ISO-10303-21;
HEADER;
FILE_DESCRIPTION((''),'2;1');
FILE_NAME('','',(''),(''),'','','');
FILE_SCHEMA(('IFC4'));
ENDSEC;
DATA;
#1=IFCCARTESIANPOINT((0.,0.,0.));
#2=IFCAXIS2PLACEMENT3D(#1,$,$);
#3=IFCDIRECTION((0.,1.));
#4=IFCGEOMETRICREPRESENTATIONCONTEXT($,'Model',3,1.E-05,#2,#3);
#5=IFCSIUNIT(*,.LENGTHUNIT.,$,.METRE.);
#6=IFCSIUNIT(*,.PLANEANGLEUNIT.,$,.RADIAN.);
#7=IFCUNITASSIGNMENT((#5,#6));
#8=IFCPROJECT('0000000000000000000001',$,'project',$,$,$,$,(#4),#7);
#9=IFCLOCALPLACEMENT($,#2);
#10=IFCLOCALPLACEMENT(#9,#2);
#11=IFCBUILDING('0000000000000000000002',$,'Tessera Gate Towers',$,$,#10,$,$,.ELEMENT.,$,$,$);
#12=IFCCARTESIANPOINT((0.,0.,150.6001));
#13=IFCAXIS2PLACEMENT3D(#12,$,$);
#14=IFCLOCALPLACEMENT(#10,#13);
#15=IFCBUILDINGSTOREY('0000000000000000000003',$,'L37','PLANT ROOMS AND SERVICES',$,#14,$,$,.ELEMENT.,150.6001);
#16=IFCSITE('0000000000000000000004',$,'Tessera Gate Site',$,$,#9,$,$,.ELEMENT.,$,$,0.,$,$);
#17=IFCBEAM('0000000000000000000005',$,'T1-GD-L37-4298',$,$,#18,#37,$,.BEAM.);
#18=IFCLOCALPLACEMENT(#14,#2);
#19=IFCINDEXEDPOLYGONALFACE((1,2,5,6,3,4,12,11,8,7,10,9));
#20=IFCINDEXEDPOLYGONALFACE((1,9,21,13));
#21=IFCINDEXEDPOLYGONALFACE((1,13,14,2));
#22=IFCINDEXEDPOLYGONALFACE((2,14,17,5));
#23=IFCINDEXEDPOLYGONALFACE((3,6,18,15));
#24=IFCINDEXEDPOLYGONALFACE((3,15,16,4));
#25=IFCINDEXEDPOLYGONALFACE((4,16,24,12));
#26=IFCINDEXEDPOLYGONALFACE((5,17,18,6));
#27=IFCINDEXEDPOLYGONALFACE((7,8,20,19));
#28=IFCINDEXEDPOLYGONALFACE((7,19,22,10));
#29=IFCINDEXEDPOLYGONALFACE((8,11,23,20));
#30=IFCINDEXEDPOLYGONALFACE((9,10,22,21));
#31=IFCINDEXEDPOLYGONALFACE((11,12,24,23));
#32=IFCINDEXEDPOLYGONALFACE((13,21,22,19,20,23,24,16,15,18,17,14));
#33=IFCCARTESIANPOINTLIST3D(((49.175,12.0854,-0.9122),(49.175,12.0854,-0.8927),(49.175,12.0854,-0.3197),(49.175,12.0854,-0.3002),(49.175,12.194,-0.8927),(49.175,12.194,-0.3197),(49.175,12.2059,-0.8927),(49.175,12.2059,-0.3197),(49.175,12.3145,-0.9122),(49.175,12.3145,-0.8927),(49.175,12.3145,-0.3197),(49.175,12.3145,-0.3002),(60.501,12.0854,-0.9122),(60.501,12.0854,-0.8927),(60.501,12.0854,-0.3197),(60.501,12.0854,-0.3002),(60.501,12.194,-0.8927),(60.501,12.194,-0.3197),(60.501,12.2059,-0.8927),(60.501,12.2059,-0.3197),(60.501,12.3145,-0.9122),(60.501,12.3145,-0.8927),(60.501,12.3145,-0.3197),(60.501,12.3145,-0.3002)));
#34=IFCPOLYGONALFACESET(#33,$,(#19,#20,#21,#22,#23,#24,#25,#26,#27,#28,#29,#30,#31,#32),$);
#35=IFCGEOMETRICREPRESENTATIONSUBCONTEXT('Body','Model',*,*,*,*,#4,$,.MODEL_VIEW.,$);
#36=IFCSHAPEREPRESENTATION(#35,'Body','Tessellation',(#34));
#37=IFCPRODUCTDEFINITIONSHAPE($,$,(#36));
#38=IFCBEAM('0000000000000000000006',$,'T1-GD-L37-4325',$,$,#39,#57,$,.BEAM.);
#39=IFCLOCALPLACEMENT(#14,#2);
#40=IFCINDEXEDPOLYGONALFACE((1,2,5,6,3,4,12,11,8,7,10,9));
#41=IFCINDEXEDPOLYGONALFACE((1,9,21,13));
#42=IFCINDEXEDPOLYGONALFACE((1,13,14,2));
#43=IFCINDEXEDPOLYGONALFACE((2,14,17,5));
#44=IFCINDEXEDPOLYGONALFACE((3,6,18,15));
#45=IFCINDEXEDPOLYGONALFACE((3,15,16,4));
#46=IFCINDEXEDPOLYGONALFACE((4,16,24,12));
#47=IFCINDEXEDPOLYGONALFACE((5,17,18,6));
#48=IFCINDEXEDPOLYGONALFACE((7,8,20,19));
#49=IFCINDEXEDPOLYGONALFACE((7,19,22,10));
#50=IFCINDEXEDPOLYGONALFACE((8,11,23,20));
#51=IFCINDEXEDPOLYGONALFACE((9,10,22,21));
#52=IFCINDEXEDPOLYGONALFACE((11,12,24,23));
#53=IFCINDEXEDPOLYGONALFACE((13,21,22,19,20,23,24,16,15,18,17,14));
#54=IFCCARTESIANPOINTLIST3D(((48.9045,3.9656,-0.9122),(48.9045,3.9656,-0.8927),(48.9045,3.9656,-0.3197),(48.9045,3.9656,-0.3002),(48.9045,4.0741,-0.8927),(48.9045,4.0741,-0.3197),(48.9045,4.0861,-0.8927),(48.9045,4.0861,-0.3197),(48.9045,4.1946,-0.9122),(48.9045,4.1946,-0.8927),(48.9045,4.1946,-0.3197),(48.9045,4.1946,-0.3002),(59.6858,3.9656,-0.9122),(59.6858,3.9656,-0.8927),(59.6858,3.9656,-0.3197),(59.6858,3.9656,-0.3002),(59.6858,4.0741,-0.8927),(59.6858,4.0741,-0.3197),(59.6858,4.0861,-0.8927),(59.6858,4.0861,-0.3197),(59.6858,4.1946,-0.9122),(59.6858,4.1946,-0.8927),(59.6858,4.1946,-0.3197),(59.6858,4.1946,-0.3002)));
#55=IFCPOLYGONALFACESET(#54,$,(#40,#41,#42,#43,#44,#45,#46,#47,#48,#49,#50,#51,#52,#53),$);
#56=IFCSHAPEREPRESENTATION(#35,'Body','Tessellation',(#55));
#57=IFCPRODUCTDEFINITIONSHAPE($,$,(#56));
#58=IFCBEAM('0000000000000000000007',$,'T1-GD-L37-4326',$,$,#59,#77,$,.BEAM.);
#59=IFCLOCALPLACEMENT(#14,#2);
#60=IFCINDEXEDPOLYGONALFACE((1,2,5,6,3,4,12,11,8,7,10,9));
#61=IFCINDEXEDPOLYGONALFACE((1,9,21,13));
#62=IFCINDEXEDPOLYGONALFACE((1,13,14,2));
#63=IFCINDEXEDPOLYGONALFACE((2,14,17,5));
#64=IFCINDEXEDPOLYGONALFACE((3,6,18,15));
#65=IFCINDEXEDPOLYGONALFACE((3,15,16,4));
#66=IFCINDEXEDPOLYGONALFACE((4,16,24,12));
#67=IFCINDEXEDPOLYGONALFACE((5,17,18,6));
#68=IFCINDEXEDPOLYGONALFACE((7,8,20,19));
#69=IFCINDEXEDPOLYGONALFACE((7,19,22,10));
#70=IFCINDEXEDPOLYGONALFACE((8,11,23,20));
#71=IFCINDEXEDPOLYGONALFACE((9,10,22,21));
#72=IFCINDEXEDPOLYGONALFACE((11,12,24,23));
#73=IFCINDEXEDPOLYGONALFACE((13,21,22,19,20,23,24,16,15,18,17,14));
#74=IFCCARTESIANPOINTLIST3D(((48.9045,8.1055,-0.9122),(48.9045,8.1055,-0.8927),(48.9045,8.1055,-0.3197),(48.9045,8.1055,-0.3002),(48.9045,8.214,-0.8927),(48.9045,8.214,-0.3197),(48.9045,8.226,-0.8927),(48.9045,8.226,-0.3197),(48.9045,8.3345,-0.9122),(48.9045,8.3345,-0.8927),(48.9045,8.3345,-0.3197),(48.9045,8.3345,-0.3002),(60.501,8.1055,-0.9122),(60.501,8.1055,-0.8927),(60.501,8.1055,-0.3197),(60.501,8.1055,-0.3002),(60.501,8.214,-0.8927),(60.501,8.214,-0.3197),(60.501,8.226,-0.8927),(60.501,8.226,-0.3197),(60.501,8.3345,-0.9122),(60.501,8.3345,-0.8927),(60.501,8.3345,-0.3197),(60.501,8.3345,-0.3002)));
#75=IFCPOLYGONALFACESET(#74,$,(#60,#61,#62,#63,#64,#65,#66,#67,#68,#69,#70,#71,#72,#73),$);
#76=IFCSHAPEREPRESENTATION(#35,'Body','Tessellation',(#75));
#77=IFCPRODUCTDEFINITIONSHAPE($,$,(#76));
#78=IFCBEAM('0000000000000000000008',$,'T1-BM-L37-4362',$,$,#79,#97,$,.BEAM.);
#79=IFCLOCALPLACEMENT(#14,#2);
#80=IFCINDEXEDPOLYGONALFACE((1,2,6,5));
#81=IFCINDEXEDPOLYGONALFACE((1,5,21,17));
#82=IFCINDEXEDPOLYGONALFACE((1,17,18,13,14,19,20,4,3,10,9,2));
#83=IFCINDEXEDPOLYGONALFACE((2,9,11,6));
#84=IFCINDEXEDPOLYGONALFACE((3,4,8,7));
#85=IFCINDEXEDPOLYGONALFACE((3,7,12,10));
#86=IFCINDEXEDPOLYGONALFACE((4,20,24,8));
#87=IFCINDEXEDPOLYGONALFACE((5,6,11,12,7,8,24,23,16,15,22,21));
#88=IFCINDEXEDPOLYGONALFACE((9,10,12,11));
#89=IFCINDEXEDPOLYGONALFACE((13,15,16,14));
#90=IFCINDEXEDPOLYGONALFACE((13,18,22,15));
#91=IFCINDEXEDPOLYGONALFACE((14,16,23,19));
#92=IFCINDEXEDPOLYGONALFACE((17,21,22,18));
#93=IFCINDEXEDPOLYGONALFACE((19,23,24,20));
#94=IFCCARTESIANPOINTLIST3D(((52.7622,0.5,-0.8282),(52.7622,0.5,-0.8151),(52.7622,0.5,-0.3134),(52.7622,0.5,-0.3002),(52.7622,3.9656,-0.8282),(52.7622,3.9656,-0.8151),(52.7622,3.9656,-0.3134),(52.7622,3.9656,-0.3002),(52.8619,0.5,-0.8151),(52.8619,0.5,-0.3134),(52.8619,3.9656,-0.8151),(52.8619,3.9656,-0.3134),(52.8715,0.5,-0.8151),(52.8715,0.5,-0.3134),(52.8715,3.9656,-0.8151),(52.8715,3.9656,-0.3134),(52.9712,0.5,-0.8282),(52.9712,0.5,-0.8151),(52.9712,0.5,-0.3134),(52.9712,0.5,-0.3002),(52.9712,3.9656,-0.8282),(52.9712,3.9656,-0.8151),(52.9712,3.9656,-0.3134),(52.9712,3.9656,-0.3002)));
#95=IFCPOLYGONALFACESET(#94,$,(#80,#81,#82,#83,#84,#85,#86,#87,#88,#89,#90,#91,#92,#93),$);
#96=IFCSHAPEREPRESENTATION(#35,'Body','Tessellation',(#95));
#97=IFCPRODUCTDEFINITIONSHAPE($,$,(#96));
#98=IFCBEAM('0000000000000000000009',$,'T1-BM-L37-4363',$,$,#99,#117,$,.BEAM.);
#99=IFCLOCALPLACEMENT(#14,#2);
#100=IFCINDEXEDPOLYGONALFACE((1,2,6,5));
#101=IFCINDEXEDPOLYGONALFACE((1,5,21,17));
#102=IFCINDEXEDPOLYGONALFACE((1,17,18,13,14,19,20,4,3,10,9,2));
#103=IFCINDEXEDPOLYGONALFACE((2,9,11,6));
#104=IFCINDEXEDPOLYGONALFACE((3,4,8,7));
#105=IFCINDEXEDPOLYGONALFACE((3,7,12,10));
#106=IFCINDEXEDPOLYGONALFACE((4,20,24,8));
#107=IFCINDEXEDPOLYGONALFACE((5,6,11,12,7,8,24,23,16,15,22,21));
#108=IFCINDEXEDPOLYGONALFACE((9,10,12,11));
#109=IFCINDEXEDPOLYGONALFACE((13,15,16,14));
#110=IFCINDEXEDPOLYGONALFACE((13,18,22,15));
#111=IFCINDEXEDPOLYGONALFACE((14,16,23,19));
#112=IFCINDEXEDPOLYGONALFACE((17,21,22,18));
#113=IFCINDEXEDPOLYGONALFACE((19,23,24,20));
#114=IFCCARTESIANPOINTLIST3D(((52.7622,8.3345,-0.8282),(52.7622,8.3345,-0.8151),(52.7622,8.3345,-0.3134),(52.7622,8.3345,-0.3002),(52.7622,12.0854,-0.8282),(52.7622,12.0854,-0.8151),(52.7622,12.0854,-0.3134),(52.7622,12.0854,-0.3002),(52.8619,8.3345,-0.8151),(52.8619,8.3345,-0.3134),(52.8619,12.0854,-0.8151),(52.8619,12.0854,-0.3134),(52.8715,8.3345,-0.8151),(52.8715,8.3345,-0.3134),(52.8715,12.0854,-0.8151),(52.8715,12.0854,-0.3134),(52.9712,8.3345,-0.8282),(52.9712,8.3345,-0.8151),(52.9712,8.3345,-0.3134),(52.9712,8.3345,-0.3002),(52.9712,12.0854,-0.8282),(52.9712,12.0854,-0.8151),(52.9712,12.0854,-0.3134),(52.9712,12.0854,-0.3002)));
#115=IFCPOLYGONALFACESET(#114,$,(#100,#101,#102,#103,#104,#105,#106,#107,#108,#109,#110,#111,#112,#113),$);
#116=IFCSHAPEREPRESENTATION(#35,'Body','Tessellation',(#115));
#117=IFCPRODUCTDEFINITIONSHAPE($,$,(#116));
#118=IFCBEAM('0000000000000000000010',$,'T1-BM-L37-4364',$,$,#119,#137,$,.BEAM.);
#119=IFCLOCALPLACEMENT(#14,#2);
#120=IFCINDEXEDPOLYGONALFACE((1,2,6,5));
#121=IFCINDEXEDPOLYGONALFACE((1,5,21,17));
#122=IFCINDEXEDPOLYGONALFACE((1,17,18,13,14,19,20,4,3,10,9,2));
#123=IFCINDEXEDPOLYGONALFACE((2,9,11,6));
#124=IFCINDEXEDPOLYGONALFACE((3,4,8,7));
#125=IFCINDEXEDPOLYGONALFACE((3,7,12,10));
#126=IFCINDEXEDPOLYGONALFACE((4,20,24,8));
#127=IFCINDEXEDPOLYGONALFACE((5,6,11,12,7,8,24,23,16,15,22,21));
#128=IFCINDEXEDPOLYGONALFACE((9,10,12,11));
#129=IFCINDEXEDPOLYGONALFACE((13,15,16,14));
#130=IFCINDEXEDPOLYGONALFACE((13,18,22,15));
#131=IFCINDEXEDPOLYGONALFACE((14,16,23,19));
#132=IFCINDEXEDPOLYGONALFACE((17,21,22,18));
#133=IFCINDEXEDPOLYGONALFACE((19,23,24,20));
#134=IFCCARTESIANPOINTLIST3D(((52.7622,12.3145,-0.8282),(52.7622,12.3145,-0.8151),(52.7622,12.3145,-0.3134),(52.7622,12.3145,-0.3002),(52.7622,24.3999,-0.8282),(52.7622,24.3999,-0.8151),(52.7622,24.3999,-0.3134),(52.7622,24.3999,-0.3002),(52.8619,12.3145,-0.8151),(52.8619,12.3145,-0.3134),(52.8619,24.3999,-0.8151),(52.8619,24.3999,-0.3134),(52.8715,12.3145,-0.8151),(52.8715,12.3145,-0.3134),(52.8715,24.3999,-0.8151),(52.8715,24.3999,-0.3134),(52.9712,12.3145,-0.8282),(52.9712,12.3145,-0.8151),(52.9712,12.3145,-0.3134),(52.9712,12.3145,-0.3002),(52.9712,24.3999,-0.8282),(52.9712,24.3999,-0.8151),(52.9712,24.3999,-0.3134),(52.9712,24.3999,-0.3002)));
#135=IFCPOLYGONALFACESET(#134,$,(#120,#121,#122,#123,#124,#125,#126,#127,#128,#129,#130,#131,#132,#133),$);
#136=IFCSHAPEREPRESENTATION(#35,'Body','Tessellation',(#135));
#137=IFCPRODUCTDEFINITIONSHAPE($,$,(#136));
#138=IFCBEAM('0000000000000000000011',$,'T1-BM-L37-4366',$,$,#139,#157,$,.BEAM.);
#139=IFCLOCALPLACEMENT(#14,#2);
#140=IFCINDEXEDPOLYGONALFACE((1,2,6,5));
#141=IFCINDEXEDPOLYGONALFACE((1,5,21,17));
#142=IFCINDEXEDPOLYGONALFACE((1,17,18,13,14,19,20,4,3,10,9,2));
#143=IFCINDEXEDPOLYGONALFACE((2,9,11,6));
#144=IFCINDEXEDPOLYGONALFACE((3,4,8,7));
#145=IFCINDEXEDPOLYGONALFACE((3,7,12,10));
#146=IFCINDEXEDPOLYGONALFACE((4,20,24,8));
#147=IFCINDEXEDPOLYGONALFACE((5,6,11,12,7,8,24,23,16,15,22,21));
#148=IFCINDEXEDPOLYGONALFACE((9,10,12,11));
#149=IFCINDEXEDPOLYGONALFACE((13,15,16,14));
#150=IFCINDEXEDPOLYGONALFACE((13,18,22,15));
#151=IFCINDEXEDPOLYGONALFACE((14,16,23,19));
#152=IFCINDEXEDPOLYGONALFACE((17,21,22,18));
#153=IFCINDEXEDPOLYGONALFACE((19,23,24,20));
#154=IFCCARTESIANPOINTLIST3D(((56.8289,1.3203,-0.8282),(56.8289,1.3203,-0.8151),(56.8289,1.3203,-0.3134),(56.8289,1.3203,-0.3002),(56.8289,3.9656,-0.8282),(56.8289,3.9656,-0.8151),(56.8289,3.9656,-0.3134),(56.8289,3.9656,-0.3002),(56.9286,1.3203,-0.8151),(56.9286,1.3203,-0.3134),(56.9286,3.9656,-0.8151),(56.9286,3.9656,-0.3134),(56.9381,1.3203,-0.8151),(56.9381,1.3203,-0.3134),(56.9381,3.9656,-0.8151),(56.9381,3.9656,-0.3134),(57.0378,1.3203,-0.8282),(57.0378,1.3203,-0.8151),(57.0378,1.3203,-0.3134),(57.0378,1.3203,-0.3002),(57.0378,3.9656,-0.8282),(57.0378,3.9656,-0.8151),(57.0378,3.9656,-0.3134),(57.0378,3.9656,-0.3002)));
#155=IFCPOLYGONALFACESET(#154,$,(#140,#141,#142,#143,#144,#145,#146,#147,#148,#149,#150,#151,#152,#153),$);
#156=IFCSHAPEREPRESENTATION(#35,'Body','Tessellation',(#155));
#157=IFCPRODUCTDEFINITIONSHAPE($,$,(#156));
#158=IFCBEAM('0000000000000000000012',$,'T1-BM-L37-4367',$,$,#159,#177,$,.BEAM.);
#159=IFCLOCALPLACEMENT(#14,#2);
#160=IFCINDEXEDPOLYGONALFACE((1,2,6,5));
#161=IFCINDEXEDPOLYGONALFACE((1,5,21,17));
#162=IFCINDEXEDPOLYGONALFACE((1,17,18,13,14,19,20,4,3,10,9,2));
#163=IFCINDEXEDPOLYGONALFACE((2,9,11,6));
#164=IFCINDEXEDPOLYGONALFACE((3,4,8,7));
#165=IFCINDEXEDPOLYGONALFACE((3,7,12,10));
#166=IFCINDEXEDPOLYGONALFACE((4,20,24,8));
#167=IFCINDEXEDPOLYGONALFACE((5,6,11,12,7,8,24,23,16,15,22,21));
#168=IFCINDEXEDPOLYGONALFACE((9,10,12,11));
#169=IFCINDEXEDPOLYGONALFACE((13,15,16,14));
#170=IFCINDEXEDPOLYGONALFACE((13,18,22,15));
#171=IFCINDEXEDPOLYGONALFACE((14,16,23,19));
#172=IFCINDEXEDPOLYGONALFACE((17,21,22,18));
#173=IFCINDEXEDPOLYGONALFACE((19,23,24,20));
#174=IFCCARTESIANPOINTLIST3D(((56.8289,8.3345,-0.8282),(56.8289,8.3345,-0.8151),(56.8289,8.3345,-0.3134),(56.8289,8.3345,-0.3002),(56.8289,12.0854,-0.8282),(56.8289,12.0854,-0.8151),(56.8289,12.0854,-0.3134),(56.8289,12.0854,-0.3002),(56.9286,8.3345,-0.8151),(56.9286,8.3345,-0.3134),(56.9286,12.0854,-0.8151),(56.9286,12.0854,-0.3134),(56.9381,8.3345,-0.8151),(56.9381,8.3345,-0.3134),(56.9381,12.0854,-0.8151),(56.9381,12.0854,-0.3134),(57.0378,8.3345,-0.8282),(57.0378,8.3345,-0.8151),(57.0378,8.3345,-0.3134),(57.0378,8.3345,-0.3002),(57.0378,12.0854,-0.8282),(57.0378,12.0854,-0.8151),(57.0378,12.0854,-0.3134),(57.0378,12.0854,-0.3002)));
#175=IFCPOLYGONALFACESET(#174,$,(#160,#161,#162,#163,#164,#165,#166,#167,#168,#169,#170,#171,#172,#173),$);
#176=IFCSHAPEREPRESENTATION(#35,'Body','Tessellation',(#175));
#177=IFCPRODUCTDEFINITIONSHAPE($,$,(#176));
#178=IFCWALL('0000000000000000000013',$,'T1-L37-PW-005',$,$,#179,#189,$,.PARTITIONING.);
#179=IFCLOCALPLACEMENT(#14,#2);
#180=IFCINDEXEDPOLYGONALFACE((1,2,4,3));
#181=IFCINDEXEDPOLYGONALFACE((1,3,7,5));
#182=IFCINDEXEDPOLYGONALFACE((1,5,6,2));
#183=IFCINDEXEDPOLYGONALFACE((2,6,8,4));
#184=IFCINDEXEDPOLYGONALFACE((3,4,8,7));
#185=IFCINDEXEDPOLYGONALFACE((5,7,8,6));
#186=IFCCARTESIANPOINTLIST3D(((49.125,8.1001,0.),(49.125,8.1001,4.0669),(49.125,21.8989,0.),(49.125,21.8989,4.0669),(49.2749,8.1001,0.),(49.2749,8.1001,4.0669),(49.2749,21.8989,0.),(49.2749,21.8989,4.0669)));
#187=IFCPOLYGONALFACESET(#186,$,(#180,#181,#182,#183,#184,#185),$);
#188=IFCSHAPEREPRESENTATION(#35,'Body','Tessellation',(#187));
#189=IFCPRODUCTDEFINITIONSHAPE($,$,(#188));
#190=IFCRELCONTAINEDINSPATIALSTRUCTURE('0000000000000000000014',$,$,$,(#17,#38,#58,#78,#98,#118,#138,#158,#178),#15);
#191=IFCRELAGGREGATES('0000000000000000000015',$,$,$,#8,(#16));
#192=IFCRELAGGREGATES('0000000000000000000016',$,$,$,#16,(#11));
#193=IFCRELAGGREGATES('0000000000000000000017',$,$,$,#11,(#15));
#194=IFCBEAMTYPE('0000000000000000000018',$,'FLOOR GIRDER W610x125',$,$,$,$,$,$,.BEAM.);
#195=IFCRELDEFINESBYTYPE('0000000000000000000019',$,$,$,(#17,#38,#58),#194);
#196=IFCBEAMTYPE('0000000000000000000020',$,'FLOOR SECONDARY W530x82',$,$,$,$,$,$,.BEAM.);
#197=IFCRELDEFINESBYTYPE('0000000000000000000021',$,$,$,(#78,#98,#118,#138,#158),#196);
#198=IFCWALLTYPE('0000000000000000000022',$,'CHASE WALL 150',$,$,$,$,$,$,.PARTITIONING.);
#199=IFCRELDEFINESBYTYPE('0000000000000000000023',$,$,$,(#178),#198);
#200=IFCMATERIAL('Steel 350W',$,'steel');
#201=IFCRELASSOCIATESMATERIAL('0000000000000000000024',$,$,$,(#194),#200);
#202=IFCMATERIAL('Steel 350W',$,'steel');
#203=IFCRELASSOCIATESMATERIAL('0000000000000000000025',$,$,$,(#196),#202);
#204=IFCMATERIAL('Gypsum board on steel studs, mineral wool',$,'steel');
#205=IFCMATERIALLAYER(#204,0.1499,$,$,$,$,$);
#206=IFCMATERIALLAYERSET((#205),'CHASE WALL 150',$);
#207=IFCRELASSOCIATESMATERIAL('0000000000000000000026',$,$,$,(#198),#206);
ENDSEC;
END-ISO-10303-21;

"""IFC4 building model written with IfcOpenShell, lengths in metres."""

from ifc_helpers import new_model, si_unit, direction, frame, frame_2d, origin, origin_2d, place, context, subcontext, project, spatial, rectangle, i_section, extrude, material, layer, layer_set, material_profile, profile_set, type_object, element, save


model = new_model("IFC4")

# Units and contexts
model_context = context("Model", 3, precision=1e-05, world=origin(), true_north=direction((0.0, 1.0)))
body_context = subcontext(model_context, "Body", "Model", "MODEL_VIEW")
ifc_project = project(units=[si_unit("LENGTHUNIT", "METRE"), si_unit("PLANEANGLEUNIT", "RADIAN")], contexts=[model_context])

# Site, building, storey
site_placement = place(None, origin())
site = spatial("IfcSite", under=ifc_project, at=site_placement, Name="Tessera Gate Site", CompositionType="ELEMENT", RefElevation=0.0)
building_placement = place(site_placement, origin())
building = spatial("IfcBuilding", under=site, at=building_placement, Name="Tessera Gate Towers", CompositionType="ELEMENT")
storey_placement = place(building_placement, frame((0.0, 0.0, 150.6001)))
storey = spatial("IfcBuildingStorey", under=building, at=storey_placement, Name="L37", Description="PLANT ROOMS AND SERVICES", CompositionType="ELEMENT", Elevation=150.6001)

# Beams
ifc_material_1 = material(Name="Steel 350W", Category="steel")
ifc_material_profile_1 = material_profile(ifc_material_1, i_section(OverallWidth=0.229, OverallDepth=0.6121, WebThickness=0.012, FlangeThickness=0.0195, at=origin_2d()), Name="W610x125")
ifc_profile_set_1 = profile_set([ifc_material_profile_1], Name="Steel 350W")
beam_type_1 = type_object("IfcBeamType", Name="FLOOR GIRDER W610x125", PredefinedType="BEAM", material=ifc_profile_set_1)
beam_1_placement = place(storey_placement, frame((49.175, 12.2, -0.6062), z_axis=(1.0, 0.0, 0.0), x_axis=(0.0, 1.0, 0.0)))
element("IfcBeam", 1, at=beam_1_placement, inside=storey, type_object=beam_type_1, Name="T1-GD-L37-4298", PredefinedType="BEAM", context=body_context, shape_type="SweptSolid", body=[
    extrude(i_section(OverallWidth=0.229, OverallDepth=0.6121, WebThickness=0.012, FlangeThickness=0.0195, at=origin_2d()), origin(), (0.0, 0.0, 1.0), 11.3259),
])
beam_2_placement = place(storey_placement, frame((48.9045, 4.0801, -0.6062), z_axis=(1.0, 0.0, 0.0), x_axis=(0.0, 1.0, 0.0)))
element("IfcBeam", 2, at=beam_2_placement, inside=storey, type_object=beam_type_1, Name="T1-GD-L37-4325", PredefinedType="BEAM", context=body_context, shape_type="SweptSolid", body=[
    extrude(i_section(OverallWidth=0.229, OverallDepth=0.6121, WebThickness=0.012, FlangeThickness=0.0195, at=origin_2d()), origin(), (0.0, 0.0, 1.0), 10.7812),
])
beam_3_placement = place(storey_placement, frame((48.9045, 8.22, -0.6062), z_axis=(1.0, 0.0, 0.0), x_axis=(0.0, 1.0, 0.0)))
element("IfcBeam", 3, at=beam_3_placement, inside=storey, type_object=beam_type_1, Name="T1-GD-L37-4326", PredefinedType="BEAM", context=body_context, shape_type="SweptSolid", body=[
    extrude(i_section(OverallWidth=0.229, OverallDepth=0.6121, WebThickness=0.012, FlangeThickness=0.0195, at=origin_2d()), origin(), (0.0, 0.0, 1.0), 11.5964),
])
ifc_material_2 = material(Name="Steel 350W", Category="steel")
ifc_material_profile_2 = material_profile(ifc_material_2, i_section(OverallWidth=0.209, OverallDepth=0.5281, WebThickness=0.0095, FlangeThickness=0.0132, at=origin_2d()), Name="W530x82")
ifc_profile_set_2 = profile_set([ifc_material_profile_2], Name="Steel 350W")
beam_type_2 = type_object("IfcBeamType", Name="FLOOR SECONDARY W530x82", PredefinedType="BEAM", material=ifc_profile_set_2)
beam_4_placement = place(storey_placement, frame((52.8667, 0.5, -0.5642), z_axis=(0.0, 1.0, 0.0), x_axis=(-1.0, 0.0, 0.0)))
element("IfcBeam", 4, at=beam_4_placement, inside=storey, type_object=beam_type_2, Name="T1-BM-L37-4362", PredefinedType="BEAM", context=body_context, shape_type="SweptSolid", body=[
    extrude(i_section(OverallWidth=0.209, OverallDepth=0.5281, WebThickness=0.0095, FlangeThickness=0.0132, at=origin_2d()), origin(), (0.0, 0.0, 1.0), 3.4656),
])
beam_5_placement = place(storey_placement, frame((52.8667, 8.3345, -0.5642), z_axis=(0.0, 1.0, 0.0), x_axis=(-1.0, 0.0, 0.0)))
element("IfcBeam", 5, at=beam_5_placement, inside=storey, type_object=beam_type_2, Name="T1-BM-L37-4363", PredefinedType="BEAM", context=body_context, shape_type="SweptSolid", body=[
    extrude(i_section(OverallWidth=0.209, OverallDepth=0.5281, WebThickness=0.0095, FlangeThickness=0.0132, at=origin_2d()), origin(), (0.0, 0.0, 1.0), 3.751),
])
beam_6_placement = place(storey_placement, frame((52.8667, 12.3145, -0.5642), z_axis=(0.0, 1.0, 0.0), x_axis=(-1.0, 0.0, 0.0)))
element("IfcBeam", 6, at=beam_6_placement, inside=storey, type_object=beam_type_2, Name="T1-BM-L37-4364", PredefinedType="BEAM", context=body_context, shape_type="SweptSolid", body=[
    extrude(i_section(OverallWidth=0.209, OverallDepth=0.5281, WebThickness=0.0095, FlangeThickness=0.0132, at=origin_2d()), origin(), (0.0, 0.0, 1.0), 12.0854),
])
beam_7_placement = place(storey_placement, frame((56.9333, 1.3203, -0.5642), z_axis=(0.0, 1.0, 0.0), x_axis=(-1.0, 0.0, 0.0)))
element("IfcBeam", 7, at=beam_7_placement, inside=storey, type_object=beam_type_2, Name="T1-BM-L37-4366", PredefinedType="BEAM", context=body_context, shape_type="SweptSolid", body=[
    extrude(i_section(OverallWidth=0.209, OverallDepth=0.5281, WebThickness=0.0095, FlangeThickness=0.0132, at=origin_2d()), origin(), (0.0, 0.0, 1.0), 2.6453),
])
beam_8_placement = place(storey_placement, frame((56.9333, 8.3345, -0.5642), z_axis=(0.0, 1.0, 0.0), x_axis=(-1.0, 0.0, 0.0)))
element("IfcBeam", 8, at=beam_8_placement, inside=storey, type_object=beam_type_2, Name="T1-BM-L37-4367", PredefinedType="BEAM", context=body_context, shape_type="SweptSolid", body=[
    extrude(i_section(OverallWidth=0.209, OverallDepth=0.5281, WebThickness=0.0095, FlangeThickness=0.0132, at=origin_2d()), origin(), (0.0, 0.0, 1.0), 3.751),
])

# Wall
ifc_material_3 = material(Name="Gypsum board on steel studs, mineral wool", Category="steel")
ifc_layer_1 = layer(ifc_material_3, 0.1499)
ifc_layer_set_1 = layer_set([ifc_layer_1], Name="CHASE WALL 150")
wall_type_1 = type_object("IfcWallType", Name="CHASE WALL 150", PredefinedType="PARTITIONING", material=ifc_layer_set_1)
wall_1_placement = place(storey_placement, frame((49.2, 8.1001, 0.0), z_axis=(0.0, 0.0, 1.0), x_axis=(0.0, 1.0, 0.0)))
element("IfcWall", 9, at=wall_1_placement, inside=storey, type_object=wall_type_1, Name="T1-L37-PW-005", PredefinedType="PARTITIONING", context=body_context, shape_type="SweptSolid", body=[
    extrude(rectangle(XDim=13.7988, YDim=0.1499, at=frame_2d((6.8994, 0.0))), origin(), (0.0, 0.0, 1.0), 4.0669),
])

save(model, "model.ifc")
